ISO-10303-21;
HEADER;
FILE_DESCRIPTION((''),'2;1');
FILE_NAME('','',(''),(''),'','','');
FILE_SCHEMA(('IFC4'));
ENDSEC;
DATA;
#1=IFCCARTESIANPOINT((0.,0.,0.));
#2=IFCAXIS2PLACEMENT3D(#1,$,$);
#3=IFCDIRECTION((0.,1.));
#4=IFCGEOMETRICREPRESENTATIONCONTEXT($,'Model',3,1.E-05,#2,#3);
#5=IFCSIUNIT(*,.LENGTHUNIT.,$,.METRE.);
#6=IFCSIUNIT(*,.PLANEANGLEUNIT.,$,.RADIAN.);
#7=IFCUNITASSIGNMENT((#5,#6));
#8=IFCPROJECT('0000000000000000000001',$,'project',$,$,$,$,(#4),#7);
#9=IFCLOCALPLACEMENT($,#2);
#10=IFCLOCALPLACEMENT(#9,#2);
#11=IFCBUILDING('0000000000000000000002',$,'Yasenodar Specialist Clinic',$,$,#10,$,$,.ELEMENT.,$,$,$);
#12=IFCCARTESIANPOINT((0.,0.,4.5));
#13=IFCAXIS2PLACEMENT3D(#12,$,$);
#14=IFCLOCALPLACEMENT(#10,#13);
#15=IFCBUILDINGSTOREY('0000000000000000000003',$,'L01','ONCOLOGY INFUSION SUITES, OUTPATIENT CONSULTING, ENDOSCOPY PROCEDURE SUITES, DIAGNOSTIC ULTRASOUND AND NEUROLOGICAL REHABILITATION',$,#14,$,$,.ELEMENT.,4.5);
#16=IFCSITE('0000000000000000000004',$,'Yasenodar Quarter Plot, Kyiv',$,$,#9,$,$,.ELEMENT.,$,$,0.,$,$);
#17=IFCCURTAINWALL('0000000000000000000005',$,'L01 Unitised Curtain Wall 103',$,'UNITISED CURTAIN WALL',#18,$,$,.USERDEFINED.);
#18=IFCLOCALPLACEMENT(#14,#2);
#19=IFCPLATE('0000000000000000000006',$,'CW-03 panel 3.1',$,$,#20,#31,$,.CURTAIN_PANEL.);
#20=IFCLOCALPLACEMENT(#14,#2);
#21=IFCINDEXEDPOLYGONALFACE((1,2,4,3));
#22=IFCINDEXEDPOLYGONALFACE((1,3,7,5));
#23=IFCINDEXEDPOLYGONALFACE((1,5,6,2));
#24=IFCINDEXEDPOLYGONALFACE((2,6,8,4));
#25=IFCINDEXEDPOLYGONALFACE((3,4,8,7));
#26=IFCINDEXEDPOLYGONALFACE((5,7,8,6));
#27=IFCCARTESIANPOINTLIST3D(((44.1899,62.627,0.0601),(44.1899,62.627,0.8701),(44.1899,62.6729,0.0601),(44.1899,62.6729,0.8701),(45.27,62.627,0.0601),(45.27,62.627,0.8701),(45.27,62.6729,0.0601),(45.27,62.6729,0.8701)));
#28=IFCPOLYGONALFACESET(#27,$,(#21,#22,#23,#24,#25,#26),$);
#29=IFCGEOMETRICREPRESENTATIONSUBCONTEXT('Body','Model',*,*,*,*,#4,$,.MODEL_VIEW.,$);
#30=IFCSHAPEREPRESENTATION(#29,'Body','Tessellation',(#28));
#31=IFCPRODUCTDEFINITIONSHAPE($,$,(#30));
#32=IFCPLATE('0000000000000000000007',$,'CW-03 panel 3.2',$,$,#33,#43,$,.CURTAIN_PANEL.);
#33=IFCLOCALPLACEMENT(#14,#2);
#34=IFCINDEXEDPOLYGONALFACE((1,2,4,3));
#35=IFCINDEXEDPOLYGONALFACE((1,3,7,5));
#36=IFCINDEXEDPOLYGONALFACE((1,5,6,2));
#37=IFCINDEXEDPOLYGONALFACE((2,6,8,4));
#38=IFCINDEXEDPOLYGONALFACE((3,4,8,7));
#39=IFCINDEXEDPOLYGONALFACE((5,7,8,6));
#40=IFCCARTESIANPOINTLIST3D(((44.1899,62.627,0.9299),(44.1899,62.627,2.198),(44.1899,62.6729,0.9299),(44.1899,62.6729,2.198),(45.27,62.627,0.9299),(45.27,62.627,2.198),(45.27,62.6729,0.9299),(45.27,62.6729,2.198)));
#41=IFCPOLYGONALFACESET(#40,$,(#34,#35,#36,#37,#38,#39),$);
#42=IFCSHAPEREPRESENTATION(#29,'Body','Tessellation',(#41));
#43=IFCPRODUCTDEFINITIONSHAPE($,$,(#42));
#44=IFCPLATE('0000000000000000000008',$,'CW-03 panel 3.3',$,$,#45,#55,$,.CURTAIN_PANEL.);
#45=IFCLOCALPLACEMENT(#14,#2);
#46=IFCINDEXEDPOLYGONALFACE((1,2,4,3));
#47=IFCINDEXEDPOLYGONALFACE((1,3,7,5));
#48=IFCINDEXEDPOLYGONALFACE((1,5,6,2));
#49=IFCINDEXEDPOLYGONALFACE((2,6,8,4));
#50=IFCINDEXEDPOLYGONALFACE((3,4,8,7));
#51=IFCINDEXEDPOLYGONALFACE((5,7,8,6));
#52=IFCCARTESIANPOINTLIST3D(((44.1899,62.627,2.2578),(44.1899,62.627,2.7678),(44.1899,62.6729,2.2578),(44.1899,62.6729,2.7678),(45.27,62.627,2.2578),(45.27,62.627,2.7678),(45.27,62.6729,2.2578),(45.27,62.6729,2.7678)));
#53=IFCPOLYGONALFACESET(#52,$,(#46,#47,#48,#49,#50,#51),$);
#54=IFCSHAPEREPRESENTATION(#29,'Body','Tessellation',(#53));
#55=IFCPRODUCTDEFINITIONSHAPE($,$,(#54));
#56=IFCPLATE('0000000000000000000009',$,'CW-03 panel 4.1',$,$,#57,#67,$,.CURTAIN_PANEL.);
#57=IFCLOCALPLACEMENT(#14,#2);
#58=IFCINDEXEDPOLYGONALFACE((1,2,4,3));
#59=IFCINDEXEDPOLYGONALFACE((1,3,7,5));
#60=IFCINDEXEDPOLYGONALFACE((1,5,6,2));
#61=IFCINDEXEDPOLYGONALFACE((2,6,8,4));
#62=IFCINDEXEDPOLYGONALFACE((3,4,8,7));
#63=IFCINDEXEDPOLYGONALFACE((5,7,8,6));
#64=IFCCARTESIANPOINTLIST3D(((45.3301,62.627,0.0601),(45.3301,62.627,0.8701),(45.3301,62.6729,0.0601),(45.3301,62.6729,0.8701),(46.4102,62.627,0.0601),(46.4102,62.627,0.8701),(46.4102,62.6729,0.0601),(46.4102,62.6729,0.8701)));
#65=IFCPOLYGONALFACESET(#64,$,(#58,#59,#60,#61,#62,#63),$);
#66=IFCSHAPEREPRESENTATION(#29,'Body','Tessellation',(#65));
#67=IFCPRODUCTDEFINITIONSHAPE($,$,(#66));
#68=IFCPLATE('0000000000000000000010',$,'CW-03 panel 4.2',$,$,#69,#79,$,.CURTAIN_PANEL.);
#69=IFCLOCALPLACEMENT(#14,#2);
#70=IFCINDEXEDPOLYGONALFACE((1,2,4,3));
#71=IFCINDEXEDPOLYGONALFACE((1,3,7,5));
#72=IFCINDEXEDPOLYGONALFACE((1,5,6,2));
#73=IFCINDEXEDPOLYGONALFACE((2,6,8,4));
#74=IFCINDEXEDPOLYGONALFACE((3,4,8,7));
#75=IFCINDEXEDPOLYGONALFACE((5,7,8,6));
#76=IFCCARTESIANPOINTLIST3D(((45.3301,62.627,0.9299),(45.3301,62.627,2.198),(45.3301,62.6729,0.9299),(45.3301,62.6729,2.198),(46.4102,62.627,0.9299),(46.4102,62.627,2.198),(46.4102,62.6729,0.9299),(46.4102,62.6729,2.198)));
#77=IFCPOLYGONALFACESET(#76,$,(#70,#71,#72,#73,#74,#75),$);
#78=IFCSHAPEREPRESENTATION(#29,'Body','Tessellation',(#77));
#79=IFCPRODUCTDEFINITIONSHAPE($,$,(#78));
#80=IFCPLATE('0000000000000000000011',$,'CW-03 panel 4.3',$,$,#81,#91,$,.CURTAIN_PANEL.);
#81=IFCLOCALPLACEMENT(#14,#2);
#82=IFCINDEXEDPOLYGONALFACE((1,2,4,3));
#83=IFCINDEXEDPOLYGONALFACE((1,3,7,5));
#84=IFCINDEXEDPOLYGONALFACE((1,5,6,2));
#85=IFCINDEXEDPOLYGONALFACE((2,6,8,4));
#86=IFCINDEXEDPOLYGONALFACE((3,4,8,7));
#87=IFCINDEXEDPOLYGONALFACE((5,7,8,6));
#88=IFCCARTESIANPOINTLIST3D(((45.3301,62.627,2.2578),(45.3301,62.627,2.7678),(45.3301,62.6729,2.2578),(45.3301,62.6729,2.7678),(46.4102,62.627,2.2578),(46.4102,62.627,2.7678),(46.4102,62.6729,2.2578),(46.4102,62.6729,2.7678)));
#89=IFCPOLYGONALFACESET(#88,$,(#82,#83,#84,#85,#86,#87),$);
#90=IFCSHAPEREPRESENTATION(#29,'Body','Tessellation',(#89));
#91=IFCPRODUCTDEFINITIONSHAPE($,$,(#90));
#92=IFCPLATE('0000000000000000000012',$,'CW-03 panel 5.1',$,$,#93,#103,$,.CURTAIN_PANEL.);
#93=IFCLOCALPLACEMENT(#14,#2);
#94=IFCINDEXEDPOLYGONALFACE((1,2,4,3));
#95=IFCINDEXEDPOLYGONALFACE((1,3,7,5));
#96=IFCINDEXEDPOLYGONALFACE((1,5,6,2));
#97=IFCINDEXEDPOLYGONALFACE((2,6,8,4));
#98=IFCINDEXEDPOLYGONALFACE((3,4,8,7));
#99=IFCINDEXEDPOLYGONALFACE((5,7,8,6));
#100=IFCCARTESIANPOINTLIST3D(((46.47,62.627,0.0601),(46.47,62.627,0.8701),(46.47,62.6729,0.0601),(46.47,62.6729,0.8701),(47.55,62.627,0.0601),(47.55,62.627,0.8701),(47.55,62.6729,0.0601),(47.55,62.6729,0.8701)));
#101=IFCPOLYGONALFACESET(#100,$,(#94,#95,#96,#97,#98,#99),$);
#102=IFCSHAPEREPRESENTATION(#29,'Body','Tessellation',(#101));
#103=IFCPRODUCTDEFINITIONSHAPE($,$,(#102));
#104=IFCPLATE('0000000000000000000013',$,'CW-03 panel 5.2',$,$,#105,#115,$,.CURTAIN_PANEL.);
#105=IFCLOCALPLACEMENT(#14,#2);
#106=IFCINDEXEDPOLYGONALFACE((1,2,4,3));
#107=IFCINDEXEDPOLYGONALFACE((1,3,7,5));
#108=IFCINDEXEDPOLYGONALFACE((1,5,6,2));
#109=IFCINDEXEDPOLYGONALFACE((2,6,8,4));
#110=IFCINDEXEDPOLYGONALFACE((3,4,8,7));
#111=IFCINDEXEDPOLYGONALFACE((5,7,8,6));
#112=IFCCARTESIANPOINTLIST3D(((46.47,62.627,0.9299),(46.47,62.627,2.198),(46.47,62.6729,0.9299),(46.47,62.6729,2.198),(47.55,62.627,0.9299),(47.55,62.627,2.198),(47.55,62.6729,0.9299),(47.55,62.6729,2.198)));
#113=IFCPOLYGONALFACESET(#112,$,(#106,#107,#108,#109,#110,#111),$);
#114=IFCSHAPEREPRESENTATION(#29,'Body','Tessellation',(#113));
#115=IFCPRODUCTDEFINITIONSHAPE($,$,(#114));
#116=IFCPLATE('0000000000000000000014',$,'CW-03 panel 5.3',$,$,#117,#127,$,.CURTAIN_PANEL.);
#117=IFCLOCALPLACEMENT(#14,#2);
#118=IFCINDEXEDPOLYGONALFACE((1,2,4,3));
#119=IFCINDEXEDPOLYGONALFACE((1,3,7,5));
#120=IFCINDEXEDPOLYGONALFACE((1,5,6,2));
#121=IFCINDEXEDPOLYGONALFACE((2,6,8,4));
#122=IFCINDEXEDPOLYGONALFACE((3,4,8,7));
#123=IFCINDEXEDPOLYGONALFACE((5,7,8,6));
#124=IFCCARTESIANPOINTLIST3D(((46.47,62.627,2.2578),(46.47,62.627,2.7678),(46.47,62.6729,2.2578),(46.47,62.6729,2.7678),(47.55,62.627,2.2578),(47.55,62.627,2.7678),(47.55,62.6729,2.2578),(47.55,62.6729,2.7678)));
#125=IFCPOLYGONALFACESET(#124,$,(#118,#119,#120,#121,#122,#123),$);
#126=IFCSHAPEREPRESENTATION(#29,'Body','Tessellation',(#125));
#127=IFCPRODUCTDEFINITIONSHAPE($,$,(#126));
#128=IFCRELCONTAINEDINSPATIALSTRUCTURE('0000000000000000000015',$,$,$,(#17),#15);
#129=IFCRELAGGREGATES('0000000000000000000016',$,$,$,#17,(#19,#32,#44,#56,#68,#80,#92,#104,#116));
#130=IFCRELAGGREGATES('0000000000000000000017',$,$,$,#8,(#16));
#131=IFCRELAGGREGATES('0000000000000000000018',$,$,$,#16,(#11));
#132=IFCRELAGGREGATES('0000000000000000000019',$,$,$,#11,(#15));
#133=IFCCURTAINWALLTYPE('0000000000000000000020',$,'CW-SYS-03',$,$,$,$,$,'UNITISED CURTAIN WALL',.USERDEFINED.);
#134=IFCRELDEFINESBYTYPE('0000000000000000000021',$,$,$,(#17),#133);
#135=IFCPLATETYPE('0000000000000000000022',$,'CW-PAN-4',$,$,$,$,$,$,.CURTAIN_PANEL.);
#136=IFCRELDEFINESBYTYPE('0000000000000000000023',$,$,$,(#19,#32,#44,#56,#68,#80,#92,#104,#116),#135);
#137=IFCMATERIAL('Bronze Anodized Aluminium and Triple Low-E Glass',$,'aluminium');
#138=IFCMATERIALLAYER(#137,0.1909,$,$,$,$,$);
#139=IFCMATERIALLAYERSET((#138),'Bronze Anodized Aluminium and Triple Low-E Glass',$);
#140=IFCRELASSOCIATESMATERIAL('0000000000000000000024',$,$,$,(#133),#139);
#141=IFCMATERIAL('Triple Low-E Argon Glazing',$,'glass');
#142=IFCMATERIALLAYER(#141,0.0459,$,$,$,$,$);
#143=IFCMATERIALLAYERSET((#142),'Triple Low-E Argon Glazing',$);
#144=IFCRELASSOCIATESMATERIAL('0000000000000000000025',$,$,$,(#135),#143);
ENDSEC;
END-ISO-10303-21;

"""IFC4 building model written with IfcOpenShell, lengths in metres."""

from ifc_helpers import new_model, si_unit, direction, frame, origin, origin_2d, place, context, subcontext, project, spatial, rectangle, extrude, material, layer, layer_set, type_object, element, aggregate, save


model = new_model("IFC4")

# Units and contexts
model_context = context("Model", 3, precision=1e-05, world=origin(), true_north=direction((0.0, 1.0)))
body_context = subcontext(model_context, "Body", "Model", "MODEL_VIEW")
ifc_project = project(units=[si_unit("LENGTHUNIT", "METRE"), si_unit("PLANEANGLEUNIT", "RADIAN")], contexts=[model_context])

# Site, building, storey
site_placement = place(None, origin())
site = spatial("IfcSite", under=ifc_project, at=site_placement, Name="Yasenodar Quarter Plot, Kyiv", CompositionType="ELEMENT", RefElevation=0.0)
building_placement = place(site_placement, origin())
building = spatial("IfcBuilding", under=site, at=building_placement, Name="Yasenodar Specialist Clinic", CompositionType="ELEMENT")
storey_placement = place(building_placement, frame((0.0, 0.0, 4.5)))
storey = spatial("IfcBuildingStorey", under=building, at=storey_placement, Name="L01", Description="ONCOLOGY INFUSION SUITES, OUTPATIENT CONSULTING, ENDOSCOPY PROCEDURE SUITES, DIAGNOSTIC ULTRASOUND AND NEUROLOGICAL REHABILITATION", CompositionType="ELEMENT", Elevation=4.5)

# Curtain wall, plates
ifc_material_1 = material(Name="Bronze Anodized Aluminium and Triple Low-E Glass", Category="aluminium")
ifc_layer_1 = layer(ifc_material_1, 0.1909)
ifc_layer_set_1 = layer_set([ifc_layer_1], Name="Bronze Anodized Aluminium and Triple Low-E Glass")
curtain_wall_type = type_object("IfcCurtainWallType", Name="CW-SYS-03", ElementType="UNITISED CURTAIN WALL", PredefinedType="USERDEFINED", material=ifc_layer_set_1)
curtain_wall_placement = place(storey_placement, origin())
curtain_wall = element("IfcCurtainWall", 1, at=curtain_wall_placement, inside=storey, type_object=curtain_wall_type, Name="L01 Unitised Curtain Wall 103", ObjectType="UNITISED CURTAIN WALL", PredefinedType="USERDEFINED")
ifc_material_2 = material(Name="Triple Low-E Argon Glazing", Category="glass")
ifc_layer_2 = layer(ifc_material_2, 0.0459)
ifc_layer_set_2 = layer_set([ifc_layer_2], Name="Triple Low-E Argon Glazing")
plate_type = type_object("IfcPlateType", Name="CW-PAN-4", PredefinedType="CURTAIN_PANEL", material=ifc_layer_set_2)
plate_1_placement = place(storey_placement, frame((44.73, 62.6499, 0.0601), z_axis=(0.0, 0.0, 1.0), x_axis=(1.0, 0.0, 0.0)))
plate_1 = element("IfcPlate", 2, at=plate_1_placement, type_object=plate_type, Name="CW-03 panel 3.1", PredefinedType="CURTAIN_PANEL", context=body_context, shape_type="SweptSolid", body=[
    extrude(rectangle(XDim=1.0801, YDim=0.0459, at=origin_2d()), origin(), (0.0, 0.0, 1.0), 0.8101),
])
plate_2_placement = place(storey_placement, frame((44.73, 62.6499, 0.9299), z_axis=(0.0, 0.0, 1.0), x_axis=(1.0, 0.0, 0.0)))
plate_2 = element("IfcPlate", 3, at=plate_2_placement, type_object=plate_type, Name="CW-03 panel 3.2", PredefinedType="CURTAIN_PANEL", context=body_context, shape_type="SweptSolid", body=[
    extrude(rectangle(XDim=1.0801, YDim=0.0459, at=origin_2d()), origin(), (0.0, 0.0, 1.0), 1.2681),
])
plate_3_placement = place(storey_placement, frame((44.73, 62.6499, 2.2578), z_axis=(0.0, 0.0, 1.0), x_axis=(1.0, 0.0, 0.0)))
plate_3 = element("IfcPlate", 4, at=plate_3_placement, type_object=plate_type, Name="CW-03 panel 3.3", PredefinedType="CURTAIN_PANEL", context=body_context, shape_type="SweptSolid", body=[
    extrude(rectangle(XDim=1.0801, YDim=0.0459, at=origin_2d()), origin(), (0.0, 0.0, 1.0), 0.51),
])
plate_4_placement = place(storey_placement, frame((45.8701, 62.6499, 0.0601), z_axis=(0.0, 0.0, 1.0), x_axis=(1.0, 0.0, 0.0)))
plate_4 = element("IfcPlate", 5, at=plate_4_placement, type_object=plate_type, Name="CW-03 panel 4.1", PredefinedType="CURTAIN_PANEL", context=body_context, shape_type="SweptSolid", body=[
    extrude(rectangle(XDim=1.0801, YDim=0.0459, at=origin_2d()), origin(), (0.0, 0.0, 1.0), 0.8101),
])
plate_5_placement = place(storey_placement, frame((45.8701, 62.6499, 0.9299), z_axis=(0.0, 0.0, 1.0), x_axis=(1.0, 0.0, 0.0)))
plate_5 = element("IfcPlate", 6, at=plate_5_placement, type_object=plate_type, Name="CW-03 panel 4.2", PredefinedType="CURTAIN_PANEL", context=body_context, shape_type="SweptSolid", body=[
    extrude(rectangle(XDim=1.0801, YDim=0.0459, at=origin_2d()), origin(), (0.0, 0.0, 1.0), 1.2681),
])
plate_6_placement = place(storey_placement, frame((45.8701, 62.6499, 2.2578), z_axis=(0.0, 0.0, 1.0), x_axis=(1.0, 0.0, 0.0)))
plate_6 = element("IfcPlate", 7, at=plate_6_placement, type_object=plate_type, Name="CW-03 panel 4.3", PredefinedType="CURTAIN_PANEL", context=body_context, shape_type="SweptSolid", body=[
    extrude(rectangle(XDim=1.0801, YDim=0.0459, at=origin_2d()), origin(), (0.0, 0.0, 1.0), 0.51),
])
plate_7_placement = place(storey_placement, frame((47.01, 62.6499, 0.0601), z_axis=(0.0, 0.0, 1.0), x_axis=(1.0, 0.0, 0.0)))
plate_7 = element("IfcPlate", 8, at=plate_7_placement, type_object=plate_type, Name="CW-03 panel 5.1", PredefinedType="CURTAIN_PANEL", context=body_context, shape_type="SweptSolid", body=[
    extrude(rectangle(XDim=1.0801, YDim=0.0459, at=origin_2d()), origin(), (0.0, 0.0, 1.0), 0.8101),
])
plate_8_placement = place(storey_placement, frame((47.01, 62.6499, 0.9299), z_axis=(0.0, 0.0, 1.0), x_axis=(1.0, 0.0, 0.0)))
plate_8 = element("IfcPlate", 9, at=plate_8_placement, type_object=plate_type, Name="CW-03 panel 5.2", PredefinedType="CURTAIN_PANEL", context=body_context, shape_type="SweptSolid", body=[
    extrude(rectangle(XDim=1.0801, YDim=0.0459, at=origin_2d()), origin(), (0.0, 0.0, 1.0), 1.2681),
])
plate_9_placement = place(storey_placement, frame((47.01, 62.6499, 2.2578), z_axis=(0.0, 0.0, 1.0), x_axis=(1.0, 0.0, 0.0)))
plate_9 = element("IfcPlate", 10, at=plate_9_placement, type_object=plate_type, Name="CW-03 panel 5.3", PredefinedType="CURTAIN_PANEL", context=body_context, shape_type="SweptSolid", body=[
    extrude(rectangle(XDim=1.0801, YDim=0.0459, at=origin_2d()), origin(), (0.0, 0.0, 1.0), 0.51),
])
aggregate(curtain_wall, [plate_1, plate_2, plate_3, plate_4, plate_5, plate_6, plate_7, plate_8, plate_9])

save(model, "model.ifc")
